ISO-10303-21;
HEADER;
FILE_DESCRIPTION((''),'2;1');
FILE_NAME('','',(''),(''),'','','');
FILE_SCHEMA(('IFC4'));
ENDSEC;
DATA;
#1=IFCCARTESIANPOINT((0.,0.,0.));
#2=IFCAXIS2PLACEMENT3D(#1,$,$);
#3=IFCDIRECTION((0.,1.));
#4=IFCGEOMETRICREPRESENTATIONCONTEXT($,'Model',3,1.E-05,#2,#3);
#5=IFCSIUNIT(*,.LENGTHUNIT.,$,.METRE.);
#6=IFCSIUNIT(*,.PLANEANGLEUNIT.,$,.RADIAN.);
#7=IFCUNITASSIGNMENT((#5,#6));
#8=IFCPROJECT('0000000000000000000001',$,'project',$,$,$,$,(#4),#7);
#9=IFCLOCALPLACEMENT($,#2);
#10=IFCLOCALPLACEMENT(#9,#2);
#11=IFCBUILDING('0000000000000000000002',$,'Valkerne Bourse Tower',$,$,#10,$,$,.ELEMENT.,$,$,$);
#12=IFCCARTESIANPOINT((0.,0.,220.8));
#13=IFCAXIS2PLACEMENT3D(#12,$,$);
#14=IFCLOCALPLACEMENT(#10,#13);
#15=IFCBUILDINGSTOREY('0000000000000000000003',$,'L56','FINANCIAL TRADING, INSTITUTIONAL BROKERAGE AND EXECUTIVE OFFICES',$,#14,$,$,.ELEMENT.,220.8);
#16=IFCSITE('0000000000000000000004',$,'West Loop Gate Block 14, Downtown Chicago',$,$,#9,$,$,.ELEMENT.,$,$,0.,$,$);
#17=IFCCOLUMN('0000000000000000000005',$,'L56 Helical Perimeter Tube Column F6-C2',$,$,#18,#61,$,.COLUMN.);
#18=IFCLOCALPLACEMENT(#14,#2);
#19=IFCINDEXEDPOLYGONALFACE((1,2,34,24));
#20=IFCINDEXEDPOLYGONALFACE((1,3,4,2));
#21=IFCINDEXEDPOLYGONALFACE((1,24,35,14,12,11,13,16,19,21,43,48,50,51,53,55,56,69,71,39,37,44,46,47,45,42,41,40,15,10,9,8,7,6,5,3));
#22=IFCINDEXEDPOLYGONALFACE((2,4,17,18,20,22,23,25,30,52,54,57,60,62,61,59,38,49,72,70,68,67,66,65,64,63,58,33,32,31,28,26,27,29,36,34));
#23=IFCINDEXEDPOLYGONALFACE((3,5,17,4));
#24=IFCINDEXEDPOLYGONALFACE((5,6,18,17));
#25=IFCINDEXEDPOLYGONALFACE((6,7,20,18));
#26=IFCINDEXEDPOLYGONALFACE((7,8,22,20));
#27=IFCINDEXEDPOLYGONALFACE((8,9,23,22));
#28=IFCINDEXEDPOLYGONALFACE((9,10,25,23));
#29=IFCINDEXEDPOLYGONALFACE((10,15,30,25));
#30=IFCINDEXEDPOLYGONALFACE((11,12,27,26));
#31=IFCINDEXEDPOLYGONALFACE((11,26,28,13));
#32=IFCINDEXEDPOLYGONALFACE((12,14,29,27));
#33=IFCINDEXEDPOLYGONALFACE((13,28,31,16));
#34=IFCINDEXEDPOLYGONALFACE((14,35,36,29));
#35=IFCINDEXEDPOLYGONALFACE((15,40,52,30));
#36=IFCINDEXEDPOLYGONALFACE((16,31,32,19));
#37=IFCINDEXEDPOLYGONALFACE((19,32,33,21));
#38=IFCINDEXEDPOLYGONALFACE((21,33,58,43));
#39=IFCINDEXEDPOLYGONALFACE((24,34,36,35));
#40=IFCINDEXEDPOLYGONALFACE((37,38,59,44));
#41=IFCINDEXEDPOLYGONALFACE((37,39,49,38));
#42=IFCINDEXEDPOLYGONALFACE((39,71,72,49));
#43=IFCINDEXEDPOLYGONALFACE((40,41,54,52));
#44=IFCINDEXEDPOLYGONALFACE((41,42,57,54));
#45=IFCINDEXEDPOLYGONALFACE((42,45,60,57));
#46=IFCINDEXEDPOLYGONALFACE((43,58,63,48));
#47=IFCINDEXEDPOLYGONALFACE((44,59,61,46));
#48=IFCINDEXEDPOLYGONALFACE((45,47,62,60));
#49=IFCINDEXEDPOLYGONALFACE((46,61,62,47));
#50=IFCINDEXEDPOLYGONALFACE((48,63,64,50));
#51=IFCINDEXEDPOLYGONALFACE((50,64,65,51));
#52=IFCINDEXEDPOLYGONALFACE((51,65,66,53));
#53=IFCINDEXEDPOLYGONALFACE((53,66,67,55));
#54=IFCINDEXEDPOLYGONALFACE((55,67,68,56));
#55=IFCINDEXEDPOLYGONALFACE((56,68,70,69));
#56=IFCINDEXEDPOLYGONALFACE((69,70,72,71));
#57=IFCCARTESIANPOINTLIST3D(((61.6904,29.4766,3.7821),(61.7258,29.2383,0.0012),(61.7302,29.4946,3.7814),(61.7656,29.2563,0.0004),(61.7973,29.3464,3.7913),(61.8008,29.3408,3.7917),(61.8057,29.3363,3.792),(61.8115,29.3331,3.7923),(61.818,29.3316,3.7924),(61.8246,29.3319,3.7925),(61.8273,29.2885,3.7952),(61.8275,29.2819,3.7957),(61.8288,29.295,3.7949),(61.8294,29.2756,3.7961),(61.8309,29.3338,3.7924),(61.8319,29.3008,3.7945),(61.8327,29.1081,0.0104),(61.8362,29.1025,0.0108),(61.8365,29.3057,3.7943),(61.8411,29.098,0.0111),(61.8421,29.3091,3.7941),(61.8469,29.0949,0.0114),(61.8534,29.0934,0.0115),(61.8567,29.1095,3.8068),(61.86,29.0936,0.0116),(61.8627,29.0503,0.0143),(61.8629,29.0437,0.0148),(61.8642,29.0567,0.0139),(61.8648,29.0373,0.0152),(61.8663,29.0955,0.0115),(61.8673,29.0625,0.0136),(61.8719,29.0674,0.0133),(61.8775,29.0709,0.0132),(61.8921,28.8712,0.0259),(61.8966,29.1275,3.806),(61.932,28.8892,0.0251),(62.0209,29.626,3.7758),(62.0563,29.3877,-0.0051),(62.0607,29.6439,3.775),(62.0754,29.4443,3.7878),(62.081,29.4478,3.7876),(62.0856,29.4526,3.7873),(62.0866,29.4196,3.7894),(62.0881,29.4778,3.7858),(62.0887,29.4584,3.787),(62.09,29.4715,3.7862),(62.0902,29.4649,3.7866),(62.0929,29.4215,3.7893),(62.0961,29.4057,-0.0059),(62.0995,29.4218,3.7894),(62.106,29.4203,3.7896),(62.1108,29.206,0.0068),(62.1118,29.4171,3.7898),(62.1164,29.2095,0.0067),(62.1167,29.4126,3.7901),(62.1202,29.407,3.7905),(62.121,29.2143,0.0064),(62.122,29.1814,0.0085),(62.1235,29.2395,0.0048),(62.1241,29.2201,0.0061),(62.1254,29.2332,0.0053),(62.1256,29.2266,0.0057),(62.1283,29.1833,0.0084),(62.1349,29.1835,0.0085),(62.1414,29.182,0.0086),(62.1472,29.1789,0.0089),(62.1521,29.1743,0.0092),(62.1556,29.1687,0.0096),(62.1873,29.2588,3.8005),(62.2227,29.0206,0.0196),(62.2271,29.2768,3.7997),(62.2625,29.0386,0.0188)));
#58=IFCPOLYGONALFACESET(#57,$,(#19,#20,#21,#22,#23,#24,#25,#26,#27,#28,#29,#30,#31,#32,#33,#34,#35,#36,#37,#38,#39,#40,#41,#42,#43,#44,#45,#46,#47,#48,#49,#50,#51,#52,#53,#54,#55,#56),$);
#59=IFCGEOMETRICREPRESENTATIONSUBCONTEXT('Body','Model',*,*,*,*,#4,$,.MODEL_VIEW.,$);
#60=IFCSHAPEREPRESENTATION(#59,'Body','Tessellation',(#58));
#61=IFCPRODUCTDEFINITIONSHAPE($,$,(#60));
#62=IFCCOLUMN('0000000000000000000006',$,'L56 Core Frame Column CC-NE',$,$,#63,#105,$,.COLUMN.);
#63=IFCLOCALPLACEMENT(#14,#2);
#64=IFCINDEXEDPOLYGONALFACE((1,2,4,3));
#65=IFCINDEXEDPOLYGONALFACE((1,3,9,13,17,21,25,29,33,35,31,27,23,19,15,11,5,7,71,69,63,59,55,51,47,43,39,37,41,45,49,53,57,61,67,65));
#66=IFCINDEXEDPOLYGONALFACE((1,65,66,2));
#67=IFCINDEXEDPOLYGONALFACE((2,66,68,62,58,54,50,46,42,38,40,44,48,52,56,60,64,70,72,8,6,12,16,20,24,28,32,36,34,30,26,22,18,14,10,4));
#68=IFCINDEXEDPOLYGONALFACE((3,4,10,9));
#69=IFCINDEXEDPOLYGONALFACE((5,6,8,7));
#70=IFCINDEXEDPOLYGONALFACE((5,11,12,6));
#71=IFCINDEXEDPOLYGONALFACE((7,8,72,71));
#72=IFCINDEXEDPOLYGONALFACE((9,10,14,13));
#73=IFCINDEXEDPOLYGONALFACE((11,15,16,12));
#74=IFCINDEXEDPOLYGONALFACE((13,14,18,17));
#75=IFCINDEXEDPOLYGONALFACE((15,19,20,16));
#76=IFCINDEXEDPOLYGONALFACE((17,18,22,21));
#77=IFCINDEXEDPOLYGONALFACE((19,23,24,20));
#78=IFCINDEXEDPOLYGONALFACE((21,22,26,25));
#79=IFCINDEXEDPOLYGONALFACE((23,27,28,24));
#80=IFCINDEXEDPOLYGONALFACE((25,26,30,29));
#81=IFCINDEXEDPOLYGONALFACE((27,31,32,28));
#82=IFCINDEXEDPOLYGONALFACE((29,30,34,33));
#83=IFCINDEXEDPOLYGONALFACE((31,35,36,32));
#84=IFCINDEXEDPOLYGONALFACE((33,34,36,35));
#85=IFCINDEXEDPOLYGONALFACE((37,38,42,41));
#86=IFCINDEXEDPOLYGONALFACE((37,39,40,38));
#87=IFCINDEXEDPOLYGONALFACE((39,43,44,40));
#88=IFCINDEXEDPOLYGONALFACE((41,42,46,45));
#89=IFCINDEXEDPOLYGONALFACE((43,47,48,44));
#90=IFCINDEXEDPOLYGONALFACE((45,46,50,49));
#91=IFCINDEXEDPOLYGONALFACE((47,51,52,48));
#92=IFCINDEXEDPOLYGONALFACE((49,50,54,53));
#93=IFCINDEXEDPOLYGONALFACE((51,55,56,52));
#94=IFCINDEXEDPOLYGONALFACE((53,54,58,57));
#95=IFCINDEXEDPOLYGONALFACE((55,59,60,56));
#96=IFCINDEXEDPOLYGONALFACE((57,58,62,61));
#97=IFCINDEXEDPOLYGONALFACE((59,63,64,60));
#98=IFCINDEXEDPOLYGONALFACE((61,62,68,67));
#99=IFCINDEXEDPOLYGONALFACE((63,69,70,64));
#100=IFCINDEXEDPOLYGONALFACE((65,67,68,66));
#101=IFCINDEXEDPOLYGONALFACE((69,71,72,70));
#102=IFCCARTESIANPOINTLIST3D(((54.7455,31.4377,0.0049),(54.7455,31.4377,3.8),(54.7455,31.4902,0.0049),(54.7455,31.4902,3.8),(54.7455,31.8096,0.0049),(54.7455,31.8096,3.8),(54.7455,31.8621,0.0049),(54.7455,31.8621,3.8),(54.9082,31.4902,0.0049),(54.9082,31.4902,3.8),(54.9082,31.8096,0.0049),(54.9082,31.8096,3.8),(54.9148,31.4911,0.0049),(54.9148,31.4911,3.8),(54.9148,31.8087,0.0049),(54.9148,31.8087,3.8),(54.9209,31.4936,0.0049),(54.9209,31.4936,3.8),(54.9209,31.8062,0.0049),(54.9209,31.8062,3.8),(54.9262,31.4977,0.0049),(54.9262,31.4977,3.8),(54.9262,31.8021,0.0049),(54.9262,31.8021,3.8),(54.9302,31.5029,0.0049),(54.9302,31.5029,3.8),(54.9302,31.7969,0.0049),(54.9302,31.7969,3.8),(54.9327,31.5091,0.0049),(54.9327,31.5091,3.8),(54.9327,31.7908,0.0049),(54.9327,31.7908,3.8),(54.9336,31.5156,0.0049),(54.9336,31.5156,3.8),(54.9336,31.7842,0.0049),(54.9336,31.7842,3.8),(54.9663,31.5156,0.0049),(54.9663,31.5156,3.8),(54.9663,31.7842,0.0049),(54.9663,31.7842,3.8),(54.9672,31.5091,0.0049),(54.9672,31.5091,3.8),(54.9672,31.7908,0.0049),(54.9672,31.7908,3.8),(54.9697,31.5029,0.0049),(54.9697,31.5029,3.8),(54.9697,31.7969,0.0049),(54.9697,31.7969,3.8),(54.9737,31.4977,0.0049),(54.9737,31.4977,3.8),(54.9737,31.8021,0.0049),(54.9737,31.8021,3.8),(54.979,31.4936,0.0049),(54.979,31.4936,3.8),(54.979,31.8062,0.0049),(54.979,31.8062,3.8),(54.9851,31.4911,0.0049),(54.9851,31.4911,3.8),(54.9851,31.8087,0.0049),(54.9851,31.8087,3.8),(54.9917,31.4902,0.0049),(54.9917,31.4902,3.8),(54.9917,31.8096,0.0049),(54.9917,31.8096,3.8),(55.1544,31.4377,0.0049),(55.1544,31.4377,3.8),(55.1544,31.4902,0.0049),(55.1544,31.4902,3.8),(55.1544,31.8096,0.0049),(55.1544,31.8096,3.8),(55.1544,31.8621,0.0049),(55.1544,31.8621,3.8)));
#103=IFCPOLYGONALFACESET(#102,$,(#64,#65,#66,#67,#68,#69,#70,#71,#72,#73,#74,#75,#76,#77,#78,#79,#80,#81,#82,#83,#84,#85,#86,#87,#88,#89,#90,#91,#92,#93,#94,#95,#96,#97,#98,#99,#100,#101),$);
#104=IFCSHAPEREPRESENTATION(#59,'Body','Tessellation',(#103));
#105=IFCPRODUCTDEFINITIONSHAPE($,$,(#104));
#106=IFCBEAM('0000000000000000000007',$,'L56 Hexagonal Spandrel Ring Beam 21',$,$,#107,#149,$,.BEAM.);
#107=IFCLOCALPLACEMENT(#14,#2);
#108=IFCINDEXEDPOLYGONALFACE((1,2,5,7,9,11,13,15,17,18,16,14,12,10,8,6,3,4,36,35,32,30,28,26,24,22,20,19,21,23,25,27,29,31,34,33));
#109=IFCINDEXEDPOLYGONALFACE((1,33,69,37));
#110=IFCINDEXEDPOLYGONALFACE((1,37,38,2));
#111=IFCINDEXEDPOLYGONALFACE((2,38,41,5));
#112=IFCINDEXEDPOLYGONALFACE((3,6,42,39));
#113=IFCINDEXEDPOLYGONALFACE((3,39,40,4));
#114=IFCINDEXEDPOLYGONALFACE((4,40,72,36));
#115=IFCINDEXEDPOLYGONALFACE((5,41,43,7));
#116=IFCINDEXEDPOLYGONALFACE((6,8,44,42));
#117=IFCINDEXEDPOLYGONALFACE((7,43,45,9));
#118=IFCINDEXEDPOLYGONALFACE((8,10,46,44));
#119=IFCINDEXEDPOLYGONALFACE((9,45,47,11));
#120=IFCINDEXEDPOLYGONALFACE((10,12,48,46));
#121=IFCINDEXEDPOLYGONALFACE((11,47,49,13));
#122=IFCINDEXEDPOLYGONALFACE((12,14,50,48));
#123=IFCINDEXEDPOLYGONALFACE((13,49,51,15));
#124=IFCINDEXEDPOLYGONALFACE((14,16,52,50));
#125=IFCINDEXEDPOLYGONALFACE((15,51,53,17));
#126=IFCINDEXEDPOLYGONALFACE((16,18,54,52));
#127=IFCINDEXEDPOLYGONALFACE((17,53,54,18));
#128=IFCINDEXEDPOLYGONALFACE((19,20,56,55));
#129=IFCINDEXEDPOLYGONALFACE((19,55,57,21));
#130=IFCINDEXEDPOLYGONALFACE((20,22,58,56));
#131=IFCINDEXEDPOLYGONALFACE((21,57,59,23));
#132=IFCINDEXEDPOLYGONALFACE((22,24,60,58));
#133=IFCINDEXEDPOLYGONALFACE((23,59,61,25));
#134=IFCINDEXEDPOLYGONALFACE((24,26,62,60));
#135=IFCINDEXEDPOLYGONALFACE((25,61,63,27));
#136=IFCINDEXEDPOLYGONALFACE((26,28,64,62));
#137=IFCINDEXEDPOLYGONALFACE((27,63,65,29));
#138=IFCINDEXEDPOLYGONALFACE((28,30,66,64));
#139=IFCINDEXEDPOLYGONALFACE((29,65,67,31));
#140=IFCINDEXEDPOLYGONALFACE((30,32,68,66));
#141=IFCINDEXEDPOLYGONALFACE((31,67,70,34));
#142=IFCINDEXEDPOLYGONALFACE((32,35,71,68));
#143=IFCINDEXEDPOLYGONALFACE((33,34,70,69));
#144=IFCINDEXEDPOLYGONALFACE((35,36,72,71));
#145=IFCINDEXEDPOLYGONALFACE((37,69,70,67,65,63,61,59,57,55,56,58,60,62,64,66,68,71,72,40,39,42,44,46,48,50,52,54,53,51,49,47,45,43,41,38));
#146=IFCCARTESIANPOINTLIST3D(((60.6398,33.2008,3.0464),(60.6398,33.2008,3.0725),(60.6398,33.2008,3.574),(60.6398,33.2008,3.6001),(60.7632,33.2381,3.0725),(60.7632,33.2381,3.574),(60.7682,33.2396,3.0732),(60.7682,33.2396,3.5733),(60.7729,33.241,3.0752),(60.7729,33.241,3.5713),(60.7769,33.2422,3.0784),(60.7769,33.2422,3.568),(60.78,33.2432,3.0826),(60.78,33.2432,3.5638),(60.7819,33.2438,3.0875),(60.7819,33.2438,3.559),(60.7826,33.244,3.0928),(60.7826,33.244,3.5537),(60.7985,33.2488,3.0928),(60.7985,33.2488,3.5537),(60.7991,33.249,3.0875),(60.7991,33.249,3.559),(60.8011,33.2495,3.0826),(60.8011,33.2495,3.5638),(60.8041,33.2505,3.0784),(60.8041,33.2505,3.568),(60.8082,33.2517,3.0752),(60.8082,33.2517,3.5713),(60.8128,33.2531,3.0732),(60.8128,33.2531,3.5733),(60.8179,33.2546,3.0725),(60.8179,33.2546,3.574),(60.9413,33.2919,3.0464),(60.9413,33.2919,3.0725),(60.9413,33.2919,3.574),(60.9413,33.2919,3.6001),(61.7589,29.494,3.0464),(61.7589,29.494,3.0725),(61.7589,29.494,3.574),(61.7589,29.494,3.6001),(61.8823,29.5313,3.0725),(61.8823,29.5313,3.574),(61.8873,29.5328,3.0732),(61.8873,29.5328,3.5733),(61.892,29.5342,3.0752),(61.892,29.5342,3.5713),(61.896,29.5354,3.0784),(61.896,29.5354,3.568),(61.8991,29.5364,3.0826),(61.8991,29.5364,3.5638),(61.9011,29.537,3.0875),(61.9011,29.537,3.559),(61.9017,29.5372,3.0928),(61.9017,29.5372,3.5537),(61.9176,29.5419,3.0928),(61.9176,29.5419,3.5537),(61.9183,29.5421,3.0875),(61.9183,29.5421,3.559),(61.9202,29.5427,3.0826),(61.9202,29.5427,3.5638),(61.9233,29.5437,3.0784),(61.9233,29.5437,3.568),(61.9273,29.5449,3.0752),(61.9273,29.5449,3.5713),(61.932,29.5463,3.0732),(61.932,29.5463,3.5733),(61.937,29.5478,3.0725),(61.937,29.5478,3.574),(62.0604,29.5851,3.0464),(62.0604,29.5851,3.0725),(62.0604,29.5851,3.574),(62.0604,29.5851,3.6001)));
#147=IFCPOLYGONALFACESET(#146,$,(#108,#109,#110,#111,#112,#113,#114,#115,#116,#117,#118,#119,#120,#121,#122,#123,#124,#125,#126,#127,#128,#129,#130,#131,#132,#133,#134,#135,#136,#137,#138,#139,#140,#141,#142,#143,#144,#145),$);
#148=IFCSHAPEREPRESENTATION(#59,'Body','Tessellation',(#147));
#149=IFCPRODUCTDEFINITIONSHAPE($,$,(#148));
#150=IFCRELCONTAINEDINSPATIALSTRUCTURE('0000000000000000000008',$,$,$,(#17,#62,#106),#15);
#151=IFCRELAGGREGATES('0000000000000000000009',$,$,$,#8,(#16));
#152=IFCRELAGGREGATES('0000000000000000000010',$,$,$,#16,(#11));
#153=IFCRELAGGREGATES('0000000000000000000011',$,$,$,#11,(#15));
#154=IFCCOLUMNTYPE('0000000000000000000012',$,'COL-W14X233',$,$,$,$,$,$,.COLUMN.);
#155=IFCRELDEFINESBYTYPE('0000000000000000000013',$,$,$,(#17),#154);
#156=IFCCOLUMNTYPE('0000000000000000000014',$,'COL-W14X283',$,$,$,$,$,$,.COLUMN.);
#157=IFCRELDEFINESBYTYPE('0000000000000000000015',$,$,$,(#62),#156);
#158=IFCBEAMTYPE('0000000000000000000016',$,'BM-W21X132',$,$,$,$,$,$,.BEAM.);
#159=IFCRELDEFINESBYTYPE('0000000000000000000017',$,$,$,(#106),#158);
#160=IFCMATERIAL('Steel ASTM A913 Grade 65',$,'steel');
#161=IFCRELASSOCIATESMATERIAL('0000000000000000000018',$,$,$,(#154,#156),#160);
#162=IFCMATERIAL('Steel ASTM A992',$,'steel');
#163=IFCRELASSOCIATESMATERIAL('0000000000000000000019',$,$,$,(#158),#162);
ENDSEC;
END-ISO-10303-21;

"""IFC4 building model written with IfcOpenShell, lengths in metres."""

from ifc_helpers import new_model, si_unit, direction, frame, origin, origin_2d, place, context, subcontext, project, spatial, i_section, extrude, material, material_profile, profile_set, type_object, element, save


model = new_model("IFC4")

# Units and contexts
model_context = context("Model", 3, precision=1e-05, world=origin(), true_north=direction((0.0, 1.0)))
body_context = subcontext(model_context, "Body", "Model", "MODEL_VIEW")
ifc_project = project(units=[si_unit("LENGTHUNIT", "METRE"), si_unit("PLANEANGLEUNIT", "RADIAN")], contexts=[model_context])

# Site, building, storey
site_placement = place(None, origin())
site = spatial("IfcSite", under=ifc_project, at=site_placement, Name="West Loop Gate Block 14, Downtown Chicago", CompositionType="ELEMENT", RefElevation=0.0)
building_placement = place(site_placement, origin())
building = spatial("IfcBuilding", under=site, at=building_placement, Name="Valkerne Bourse Tower", CompositionType="ELEMENT")
storey_placement = place(building_placement, frame((0.0, 0.0, 220.8)))
storey = spatial("IfcBuildingStorey", under=building, at=storey_placement, Name="L56", Description="FINANCIAL TRADING, INSTITUTIONAL BROKERAGE AND EXECUTIVE OFFICES", CompositionType="ELEMENT", Elevation=220.8)

# Columns
ifc_material_1 = material(Name="Steel ASTM A913 Grade 65", Category="steel")
ifc_material_profile_1 = material_profile(ifc_material_1, i_section(OverallWidth=0.4038, OverallDepth=0.4065, WebThickness=0.0271, FlangeThickness=0.0437, FilletRadius=0.0254, at=origin_2d()), Name="W14X233")
ifc_profile_set_1 = profile_set([ifc_material_profile_1], Name="Steel ASTM A913 Grade 65")
column_type_1 = type_object("IfcColumnType", Name="COL-W14X233", PredefinedType="COLUMN", material=ifc_profile_set_1)
column_1_placement = place(storey_placement, frame((61.9941, 29.1384, 0.01), z_axis=(-0.009344, 0.062893, 0.997977), x_axis=(0.412029, -0.909116, 0.061151)))
element("IfcColumn", 1, at=column_1_placement, inside=storey, type_object=column_type_1, Name="L56 Helical Perimeter Tube Column F6-C2", PredefinedType="COLUMN", context=body_context, shape_type="SweptSolid", body=[
    extrude(i_section(OverallWidth=0.4038, OverallDepth=0.4065, WebThickness=0.0271, FlangeThickness=0.0437, FilletRadius=0.0254, at=origin_2d()), origin(), (0.0, 0.0, 1.0), 3.7886),
])
ifc_material_profile_2 = material_profile(ifc_material_1, i_section(OverallWidth=0.4089, OverallDepth=0.4243, WebThickness=0.0327, FlangeThickness=0.0525, FilletRadius=0.0254, at=origin_2d()), Name="W14X283")
ifc_profile_set_2 = profile_set([ifc_material_profile_2], Name="Steel ASTM A913 Grade 65")
column_type_2 = type_object("IfcColumnType", Name="COL-W14X283", PredefinedType="COLUMN", material=ifc_profile_set_2)
column_2_placement = place(storey_placement, frame((54.95, 31.6499, 0.0049), z_axis=(0.0, 0.0, 1.0), x_axis=(1.0, 0.0, 0.0)))
element("IfcColumn", 2, at=column_2_placement, inside=storey, type_object=column_type_2, Name="L56 Core Frame Column CC-NE", PredefinedType="COLUMN", context=body_context, shape_type="SweptSolid", body=[
    extrude(i_section(OverallWidth=0.4089, OverallDepth=0.4243, WebThickness=0.0327, FlangeThickness=0.0525, FilletRadius=0.0254, at=origin_2d()), origin(), (0.0, 0.0, 1.0), 3.7952),
])

# Beam
ifc_material_2 = material(Name="Steel ASTM A992", Category="steel")
ifc_material_profile_3 = material_profile(ifc_material_2, i_section(OverallWidth=0.3149, OverallDepth=0.5537, WebThickness=0.0166, FlangeThickness=0.0261, FilletRadius=0.0203, at=origin_2d()), Name="W21X132")
ifc_profile_set_3 = profile_set([ifc_material_profile_3], Name="Steel ASTM A992")
beam_type_1 = type_object("IfcBeamType", Name="BM-W21X132", PredefinedType="BEAM", material=ifc_profile_set_3)
beam_1_placement = place(storey_placement, frame((61.9097, 29.5396, 3.3232), z_axis=(-0.289031, 0.95732, 0.0), x_axis=(-0.95732, -0.289031, 0.0)))
element("IfcBeam", 3, at=beam_1_placement, inside=storey, type_object=beam_type_1, Name="L56 Hexagonal Spandrel Ring Beam 21", PredefinedType="BEAM", context=body_context, shape_type="SweptSolid", body=[
    extrude(i_section(OverallWidth=0.3149, OverallDepth=0.5537, WebThickness=0.0166, FlangeThickness=0.0261, FilletRadius=0.0203, at=origin_2d()), origin(), (0.0, 0.0, 1.0), 3.8721),
])

save(model, "model.ifc")
